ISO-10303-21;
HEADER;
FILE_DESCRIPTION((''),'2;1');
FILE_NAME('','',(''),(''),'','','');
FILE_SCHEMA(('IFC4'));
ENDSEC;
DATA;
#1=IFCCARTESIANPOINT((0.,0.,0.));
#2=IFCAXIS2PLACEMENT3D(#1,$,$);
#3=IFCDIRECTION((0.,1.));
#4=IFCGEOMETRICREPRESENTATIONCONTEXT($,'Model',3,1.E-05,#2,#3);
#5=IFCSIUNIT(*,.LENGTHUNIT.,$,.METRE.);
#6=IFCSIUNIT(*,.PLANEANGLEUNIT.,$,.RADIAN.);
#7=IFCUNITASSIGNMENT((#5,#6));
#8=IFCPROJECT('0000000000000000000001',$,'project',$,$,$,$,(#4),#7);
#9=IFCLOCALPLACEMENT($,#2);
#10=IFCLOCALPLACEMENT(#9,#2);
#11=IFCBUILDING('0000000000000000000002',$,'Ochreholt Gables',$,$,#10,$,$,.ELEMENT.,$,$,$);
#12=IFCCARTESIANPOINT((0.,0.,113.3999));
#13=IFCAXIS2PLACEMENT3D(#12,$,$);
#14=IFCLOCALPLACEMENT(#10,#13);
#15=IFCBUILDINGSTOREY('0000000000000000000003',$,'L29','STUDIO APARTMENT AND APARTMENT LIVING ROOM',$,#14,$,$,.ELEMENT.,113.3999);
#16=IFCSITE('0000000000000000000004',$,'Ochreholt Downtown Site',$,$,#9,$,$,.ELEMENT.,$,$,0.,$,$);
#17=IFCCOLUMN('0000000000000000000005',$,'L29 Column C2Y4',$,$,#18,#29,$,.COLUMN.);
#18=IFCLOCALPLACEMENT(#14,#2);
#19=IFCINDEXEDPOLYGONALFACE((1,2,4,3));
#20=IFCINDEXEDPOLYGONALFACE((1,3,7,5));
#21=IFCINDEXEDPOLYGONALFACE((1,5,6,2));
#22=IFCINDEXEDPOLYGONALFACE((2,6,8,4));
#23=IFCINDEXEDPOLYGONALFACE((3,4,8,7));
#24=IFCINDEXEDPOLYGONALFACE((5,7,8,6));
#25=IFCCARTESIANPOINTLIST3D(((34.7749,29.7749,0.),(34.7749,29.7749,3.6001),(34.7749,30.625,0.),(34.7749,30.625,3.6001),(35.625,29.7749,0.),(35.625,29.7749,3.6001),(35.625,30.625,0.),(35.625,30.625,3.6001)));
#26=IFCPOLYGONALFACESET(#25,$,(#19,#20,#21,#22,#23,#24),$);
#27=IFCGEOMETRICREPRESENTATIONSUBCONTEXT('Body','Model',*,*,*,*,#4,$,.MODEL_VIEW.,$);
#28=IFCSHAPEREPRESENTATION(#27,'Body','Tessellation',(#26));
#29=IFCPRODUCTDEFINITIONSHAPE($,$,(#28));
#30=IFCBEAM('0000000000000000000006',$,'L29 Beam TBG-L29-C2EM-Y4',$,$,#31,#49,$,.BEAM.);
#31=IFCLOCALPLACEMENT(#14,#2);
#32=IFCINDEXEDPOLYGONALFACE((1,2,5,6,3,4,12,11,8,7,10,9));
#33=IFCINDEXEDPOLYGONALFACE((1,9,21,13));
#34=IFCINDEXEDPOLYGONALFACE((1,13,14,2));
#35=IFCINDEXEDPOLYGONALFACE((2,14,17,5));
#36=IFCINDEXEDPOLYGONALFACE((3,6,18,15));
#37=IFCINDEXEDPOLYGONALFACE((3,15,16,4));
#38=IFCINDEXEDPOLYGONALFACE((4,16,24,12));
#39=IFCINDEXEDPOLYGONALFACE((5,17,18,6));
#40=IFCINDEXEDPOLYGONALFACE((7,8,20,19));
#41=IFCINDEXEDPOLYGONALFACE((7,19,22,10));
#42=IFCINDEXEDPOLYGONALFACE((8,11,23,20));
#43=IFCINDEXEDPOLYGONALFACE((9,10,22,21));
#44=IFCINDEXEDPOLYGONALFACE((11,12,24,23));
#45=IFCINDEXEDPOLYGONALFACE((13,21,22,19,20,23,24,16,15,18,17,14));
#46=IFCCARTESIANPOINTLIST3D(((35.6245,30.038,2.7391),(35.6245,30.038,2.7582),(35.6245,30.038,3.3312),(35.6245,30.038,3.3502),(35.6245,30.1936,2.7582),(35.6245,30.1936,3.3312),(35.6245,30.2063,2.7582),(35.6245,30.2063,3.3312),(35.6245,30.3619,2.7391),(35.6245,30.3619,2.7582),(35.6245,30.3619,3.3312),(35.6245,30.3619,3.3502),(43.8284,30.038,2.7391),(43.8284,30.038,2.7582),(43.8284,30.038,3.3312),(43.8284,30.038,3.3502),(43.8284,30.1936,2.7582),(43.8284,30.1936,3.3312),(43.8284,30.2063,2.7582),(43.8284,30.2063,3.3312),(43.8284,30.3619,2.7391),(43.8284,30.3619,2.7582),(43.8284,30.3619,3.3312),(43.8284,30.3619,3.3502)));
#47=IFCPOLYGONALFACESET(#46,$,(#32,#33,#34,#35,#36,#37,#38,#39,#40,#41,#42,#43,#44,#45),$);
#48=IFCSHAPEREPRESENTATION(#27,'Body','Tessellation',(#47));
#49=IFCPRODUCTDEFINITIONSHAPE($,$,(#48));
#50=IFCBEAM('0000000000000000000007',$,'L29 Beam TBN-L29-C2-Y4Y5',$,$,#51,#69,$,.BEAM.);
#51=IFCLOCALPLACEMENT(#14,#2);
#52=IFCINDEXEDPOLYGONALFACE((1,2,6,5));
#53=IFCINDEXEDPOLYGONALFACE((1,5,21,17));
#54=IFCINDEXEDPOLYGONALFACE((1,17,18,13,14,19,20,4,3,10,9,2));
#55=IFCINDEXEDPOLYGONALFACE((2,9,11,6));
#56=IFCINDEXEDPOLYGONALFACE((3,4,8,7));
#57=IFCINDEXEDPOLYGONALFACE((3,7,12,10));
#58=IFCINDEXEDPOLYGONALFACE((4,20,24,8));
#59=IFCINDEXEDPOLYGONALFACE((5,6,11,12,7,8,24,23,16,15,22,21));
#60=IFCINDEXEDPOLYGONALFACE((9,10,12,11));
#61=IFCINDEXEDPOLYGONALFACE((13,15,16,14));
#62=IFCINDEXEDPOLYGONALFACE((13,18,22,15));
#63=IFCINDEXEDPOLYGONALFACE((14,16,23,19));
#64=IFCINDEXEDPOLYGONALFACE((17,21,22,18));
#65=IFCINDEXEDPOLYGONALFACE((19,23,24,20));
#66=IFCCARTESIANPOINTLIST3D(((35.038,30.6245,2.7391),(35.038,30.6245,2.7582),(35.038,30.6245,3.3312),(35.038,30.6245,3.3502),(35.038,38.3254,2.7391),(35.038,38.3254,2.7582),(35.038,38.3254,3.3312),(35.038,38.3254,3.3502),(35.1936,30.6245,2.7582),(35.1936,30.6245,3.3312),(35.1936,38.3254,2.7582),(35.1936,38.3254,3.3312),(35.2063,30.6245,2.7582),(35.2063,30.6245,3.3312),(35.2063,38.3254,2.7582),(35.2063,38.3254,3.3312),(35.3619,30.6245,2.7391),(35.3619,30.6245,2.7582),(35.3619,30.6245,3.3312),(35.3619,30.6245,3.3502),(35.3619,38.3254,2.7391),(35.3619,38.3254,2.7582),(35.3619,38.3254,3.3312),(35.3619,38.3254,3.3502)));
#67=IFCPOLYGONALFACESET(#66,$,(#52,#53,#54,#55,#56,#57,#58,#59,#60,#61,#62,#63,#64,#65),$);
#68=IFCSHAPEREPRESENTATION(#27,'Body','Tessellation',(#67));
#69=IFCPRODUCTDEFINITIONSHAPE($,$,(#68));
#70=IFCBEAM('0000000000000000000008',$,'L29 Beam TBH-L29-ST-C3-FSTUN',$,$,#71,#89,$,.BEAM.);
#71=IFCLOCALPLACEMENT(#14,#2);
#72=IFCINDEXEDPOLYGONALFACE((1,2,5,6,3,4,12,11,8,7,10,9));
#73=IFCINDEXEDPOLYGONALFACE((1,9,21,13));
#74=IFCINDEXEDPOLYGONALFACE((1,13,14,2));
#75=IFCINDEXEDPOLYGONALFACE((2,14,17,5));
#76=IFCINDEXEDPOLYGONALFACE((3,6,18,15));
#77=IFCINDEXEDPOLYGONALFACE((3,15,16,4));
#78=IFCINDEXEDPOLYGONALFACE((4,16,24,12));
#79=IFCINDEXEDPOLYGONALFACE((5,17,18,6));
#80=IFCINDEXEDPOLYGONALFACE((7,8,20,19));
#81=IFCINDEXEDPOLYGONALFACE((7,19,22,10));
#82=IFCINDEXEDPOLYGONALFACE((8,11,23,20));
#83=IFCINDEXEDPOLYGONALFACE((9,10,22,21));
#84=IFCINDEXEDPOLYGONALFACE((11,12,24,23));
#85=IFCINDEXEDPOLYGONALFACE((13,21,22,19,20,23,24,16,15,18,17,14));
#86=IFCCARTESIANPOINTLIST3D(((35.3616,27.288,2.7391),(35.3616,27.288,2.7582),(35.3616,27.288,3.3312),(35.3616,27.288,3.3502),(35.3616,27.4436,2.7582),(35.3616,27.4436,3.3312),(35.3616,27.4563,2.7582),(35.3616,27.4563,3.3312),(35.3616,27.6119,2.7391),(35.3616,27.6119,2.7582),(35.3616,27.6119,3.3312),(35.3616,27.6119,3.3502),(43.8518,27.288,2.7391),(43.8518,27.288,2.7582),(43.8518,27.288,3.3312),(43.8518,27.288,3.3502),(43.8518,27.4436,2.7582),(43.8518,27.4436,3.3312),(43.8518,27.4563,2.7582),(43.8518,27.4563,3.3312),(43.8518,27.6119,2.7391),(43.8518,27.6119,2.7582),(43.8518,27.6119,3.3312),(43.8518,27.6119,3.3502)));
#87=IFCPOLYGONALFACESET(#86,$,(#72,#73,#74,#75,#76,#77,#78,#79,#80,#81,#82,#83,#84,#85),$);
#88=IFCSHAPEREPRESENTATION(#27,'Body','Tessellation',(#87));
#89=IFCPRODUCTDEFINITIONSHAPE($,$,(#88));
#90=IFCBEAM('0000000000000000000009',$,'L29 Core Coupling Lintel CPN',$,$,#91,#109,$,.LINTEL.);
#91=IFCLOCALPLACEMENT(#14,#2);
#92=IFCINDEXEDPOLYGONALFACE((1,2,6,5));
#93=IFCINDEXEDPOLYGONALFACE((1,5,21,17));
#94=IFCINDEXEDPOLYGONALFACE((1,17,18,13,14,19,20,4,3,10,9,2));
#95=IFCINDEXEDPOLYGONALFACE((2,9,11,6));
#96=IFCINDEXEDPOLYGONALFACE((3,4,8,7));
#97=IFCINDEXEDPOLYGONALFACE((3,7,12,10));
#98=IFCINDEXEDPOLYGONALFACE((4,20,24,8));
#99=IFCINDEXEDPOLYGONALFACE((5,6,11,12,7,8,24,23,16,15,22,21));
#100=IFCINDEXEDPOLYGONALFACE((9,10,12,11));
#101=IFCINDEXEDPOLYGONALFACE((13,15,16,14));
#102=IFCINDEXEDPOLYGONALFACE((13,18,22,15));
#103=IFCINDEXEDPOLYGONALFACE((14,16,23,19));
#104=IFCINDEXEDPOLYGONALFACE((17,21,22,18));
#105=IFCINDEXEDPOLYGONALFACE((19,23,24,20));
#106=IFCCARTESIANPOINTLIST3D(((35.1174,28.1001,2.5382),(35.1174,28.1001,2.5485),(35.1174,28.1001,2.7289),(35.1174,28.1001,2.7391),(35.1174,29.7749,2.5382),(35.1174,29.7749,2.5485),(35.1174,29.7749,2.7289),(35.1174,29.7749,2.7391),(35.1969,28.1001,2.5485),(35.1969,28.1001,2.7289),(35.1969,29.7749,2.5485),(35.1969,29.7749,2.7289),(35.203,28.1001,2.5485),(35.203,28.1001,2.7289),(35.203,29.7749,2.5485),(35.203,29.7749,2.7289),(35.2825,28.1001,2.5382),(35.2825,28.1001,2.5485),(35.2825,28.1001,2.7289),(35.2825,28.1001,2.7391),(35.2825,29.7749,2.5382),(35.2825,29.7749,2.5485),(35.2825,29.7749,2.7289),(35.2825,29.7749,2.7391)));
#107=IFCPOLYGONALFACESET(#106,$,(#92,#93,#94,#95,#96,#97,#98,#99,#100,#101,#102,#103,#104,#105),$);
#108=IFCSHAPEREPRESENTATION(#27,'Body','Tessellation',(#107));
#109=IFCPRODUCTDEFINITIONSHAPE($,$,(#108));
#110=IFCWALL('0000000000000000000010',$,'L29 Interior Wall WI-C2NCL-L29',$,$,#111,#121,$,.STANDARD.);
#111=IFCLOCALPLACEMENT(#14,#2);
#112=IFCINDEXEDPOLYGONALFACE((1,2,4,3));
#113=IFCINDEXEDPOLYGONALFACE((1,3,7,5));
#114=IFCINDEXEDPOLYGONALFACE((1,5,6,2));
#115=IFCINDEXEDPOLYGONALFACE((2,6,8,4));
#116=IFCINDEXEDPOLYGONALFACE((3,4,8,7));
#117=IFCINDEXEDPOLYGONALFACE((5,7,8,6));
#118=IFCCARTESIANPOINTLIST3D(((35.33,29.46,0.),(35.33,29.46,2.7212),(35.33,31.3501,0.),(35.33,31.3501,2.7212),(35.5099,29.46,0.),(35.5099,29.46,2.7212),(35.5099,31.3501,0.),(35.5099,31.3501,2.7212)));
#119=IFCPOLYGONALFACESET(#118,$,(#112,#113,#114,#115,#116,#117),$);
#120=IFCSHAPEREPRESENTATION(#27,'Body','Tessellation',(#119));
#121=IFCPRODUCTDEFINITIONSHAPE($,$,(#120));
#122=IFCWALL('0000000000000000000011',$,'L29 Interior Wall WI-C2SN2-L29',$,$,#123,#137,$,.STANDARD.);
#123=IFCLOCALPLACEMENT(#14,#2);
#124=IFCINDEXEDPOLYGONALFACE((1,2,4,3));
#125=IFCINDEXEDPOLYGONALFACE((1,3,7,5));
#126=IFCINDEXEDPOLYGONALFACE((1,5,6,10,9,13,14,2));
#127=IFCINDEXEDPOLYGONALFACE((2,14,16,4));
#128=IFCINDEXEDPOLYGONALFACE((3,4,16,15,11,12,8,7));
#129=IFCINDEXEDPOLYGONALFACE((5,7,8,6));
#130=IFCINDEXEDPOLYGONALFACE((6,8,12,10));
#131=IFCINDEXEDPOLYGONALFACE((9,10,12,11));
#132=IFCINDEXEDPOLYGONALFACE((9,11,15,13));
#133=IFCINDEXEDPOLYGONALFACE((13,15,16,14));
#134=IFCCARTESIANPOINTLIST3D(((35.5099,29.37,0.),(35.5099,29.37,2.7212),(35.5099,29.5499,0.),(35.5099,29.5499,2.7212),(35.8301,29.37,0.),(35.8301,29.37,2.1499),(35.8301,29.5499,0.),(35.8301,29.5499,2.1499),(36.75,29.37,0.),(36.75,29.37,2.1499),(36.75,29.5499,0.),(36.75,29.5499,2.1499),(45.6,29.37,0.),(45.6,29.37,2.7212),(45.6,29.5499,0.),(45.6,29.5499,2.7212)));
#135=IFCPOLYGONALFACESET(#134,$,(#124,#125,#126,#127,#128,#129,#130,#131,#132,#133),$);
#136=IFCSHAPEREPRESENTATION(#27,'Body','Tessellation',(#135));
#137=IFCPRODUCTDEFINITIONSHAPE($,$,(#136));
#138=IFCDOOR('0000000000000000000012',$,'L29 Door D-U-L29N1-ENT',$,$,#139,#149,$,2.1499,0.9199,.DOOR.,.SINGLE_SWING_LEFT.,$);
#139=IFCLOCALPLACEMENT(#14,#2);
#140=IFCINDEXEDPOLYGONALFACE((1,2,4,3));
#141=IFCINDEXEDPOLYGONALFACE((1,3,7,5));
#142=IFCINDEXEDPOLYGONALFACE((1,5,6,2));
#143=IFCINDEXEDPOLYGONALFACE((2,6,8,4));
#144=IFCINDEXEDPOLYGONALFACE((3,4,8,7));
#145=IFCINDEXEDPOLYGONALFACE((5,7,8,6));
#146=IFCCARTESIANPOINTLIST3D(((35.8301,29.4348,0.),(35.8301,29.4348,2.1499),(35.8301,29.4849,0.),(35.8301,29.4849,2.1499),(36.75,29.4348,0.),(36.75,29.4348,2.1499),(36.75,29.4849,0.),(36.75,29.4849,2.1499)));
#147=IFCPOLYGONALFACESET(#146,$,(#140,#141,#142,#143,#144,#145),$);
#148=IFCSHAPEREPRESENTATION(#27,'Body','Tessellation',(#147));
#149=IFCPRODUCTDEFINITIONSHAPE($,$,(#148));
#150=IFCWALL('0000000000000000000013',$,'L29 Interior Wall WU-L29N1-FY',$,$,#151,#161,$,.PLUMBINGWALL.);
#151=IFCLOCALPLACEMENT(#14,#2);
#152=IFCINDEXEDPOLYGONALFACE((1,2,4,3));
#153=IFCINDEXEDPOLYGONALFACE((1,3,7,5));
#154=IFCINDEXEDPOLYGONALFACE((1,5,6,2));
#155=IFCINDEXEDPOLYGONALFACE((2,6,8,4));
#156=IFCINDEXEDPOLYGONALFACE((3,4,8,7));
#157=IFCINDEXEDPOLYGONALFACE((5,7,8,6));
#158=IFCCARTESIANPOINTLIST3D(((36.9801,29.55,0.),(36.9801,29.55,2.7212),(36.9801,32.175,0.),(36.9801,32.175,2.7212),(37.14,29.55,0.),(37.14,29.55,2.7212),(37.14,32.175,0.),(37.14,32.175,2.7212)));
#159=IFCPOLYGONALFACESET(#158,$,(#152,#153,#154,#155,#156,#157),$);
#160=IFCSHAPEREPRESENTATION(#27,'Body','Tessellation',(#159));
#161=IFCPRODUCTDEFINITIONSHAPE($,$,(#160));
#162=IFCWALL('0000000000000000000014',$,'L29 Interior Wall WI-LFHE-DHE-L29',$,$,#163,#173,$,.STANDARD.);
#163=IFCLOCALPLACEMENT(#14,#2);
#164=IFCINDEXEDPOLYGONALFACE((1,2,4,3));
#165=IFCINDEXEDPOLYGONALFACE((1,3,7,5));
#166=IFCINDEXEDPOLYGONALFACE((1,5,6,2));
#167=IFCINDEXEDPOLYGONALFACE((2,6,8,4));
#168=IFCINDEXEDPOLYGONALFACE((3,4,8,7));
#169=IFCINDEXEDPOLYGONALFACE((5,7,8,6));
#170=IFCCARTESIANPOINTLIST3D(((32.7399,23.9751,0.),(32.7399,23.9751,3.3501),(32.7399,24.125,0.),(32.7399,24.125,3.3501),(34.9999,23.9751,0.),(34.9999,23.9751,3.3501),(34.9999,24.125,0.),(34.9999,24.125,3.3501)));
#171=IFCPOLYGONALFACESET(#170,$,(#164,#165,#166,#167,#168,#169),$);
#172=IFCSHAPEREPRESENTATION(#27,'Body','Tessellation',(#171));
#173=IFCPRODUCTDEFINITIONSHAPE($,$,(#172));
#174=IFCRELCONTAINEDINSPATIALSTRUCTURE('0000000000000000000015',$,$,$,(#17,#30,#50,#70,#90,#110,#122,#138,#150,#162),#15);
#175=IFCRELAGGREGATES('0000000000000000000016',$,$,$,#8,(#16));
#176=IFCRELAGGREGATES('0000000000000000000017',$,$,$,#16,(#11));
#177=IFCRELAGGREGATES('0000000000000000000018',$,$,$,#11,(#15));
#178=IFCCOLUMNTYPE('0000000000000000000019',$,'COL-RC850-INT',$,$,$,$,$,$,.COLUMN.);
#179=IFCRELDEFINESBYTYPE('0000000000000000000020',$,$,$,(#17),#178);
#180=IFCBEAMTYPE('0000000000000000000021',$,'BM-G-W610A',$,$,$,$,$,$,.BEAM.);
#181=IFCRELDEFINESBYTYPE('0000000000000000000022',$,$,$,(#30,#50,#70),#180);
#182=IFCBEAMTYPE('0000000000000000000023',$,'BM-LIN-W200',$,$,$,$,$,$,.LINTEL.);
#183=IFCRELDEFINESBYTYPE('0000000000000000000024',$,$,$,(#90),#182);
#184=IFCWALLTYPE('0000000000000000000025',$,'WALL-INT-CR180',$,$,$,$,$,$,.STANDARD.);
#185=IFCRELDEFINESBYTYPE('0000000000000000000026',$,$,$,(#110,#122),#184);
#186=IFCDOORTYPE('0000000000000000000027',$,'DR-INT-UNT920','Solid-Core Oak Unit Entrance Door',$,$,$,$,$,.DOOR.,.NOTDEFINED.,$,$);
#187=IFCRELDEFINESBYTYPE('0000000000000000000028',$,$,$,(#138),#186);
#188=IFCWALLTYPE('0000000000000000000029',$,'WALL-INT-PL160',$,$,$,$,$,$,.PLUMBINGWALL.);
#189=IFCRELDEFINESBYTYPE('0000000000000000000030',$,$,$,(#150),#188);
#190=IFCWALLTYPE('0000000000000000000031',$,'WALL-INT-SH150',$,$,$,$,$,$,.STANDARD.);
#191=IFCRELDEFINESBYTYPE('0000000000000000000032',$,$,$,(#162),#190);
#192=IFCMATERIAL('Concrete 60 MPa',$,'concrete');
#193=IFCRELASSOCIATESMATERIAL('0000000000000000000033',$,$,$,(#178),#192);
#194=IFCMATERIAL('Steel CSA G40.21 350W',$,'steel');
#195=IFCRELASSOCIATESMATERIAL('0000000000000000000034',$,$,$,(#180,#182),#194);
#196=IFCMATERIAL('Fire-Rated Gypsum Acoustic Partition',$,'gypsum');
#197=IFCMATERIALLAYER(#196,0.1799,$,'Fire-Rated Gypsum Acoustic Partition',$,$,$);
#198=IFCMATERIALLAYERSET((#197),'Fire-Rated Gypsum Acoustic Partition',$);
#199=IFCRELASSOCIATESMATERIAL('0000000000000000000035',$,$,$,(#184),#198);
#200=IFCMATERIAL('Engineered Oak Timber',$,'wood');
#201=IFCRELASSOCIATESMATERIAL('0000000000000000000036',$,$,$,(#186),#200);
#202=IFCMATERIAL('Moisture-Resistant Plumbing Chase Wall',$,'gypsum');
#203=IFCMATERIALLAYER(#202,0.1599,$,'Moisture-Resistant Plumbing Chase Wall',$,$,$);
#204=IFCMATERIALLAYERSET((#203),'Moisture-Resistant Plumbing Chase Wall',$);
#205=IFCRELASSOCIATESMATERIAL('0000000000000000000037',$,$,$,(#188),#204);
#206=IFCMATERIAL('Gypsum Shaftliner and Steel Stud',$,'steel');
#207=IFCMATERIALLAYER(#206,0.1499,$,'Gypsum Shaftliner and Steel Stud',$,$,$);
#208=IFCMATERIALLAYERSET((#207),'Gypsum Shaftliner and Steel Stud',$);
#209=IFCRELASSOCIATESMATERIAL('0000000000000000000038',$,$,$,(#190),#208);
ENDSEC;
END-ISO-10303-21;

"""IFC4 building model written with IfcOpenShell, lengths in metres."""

from ifc_helpers import new_model, si_unit, direction, frame, frame_2d, origin, origin_2d, place, context, subcontext, project, spatial, rectangle, i_section, extrude, material, layer, layer_set, material_profile, profile_set, type_object, element, fill, save


model = new_model("IFC4")

# Units and contexts
model_context = context("Model", 3, precision=1e-05, world=origin(), true_north=direction((0.0, 1.0)))
body_context = subcontext(model_context, "Body", "Model", "MODEL_VIEW")
ifc_project = project(units=[si_unit("LENGTHUNIT", "METRE"), si_unit("PLANEANGLEUNIT", "RADIAN")], contexts=[model_context])

# Site, building, storey
site_placement = place(None, origin())
site = spatial("IfcSite", under=ifc_project, at=site_placement, Name="Ochreholt Downtown Site", CompositionType="ELEMENT", RefElevation=0.0)
building_placement = place(site_placement, origin())
building = spatial("IfcBuilding", under=site, at=building_placement, Name="Ochreholt Gables", CompositionType="ELEMENT")
storey_placement = place(building_placement, frame((0.0, 0.0, 113.3999)))
storey = spatial("IfcBuildingStorey", under=building, at=storey_placement, Name="L29", Description="STUDIO APARTMENT AND APARTMENT LIVING ROOM", CompositionType="ELEMENT", Elevation=113.3999)

# Column
ifc_material_1 = material(Name="Concrete 60 MPa", Category="concrete")
ifc_material_profile_1 = material_profile(ifc_material_1, rectangle(XDim=0.8501, YDim=0.8501, at=origin_2d()), Name="RC850X850")
ifc_profile_set_1 = profile_set([ifc_material_profile_1], Name="Concrete 60 MPa")
column_type = type_object("IfcColumnType", Name="COL-RC850-INT", PredefinedType="COLUMN", material=ifc_profile_set_1)
column_placement = place(storey_placement, frame((35.2, 30.2, 0.0), z_axis=(0.0, 0.0, 1.0), x_axis=(1.0, 0.0, 0.0)))
element("IfcColumn", 1, at=column_placement, inside=storey, type_object=column_type, Name="L29 Column C2Y4", PredefinedType="COLUMN", context=body_context, shape_type="SweptSolid", body=[
    extrude(rectangle(XDim=0.8501, YDim=0.8501, at=origin_2d()), origin(), (0.0, 0.0, 1.0), 3.6001),
])

# Beams
ifc_material_2 = material(Name="Steel CSA G40.21 350W", Category="steel")
ifc_material_profile_2 = material_profile(ifc_material_2, i_section(OverallWidth=0.324, OverallDepth=0.6111, WebThickness=0.0127, FlangeThickness=0.019, at=origin_2d()), Name="W610X155")
ifc_profile_set_2 = profile_set([ifc_material_profile_2], Name="Steel CSA G40.21 350W")
beam_type_1 = type_object("IfcBeamType", Name="BM-G-W610A", PredefinedType="BEAM", material=ifc_profile_set_2)
beam_1_placement = place(storey_placement, frame((35.6245, 30.2, 3.0447), z_axis=(1.0, 0.0, 0.0), x_axis=(0.0, 1.0, 0.0)))
element("IfcBeam", 2, at=beam_1_placement, inside=storey, type_object=beam_type_1, Name="L29 Beam TBG-L29-C2EM-Y4", PredefinedType="BEAM", context=body_context, shape_type="SweptSolid", body=[
    extrude(i_section(OverallWidth=0.324, OverallDepth=0.6111, WebThickness=0.0127, FlangeThickness=0.019, at=origin_2d()), origin(), (0.0, 0.0, 1.0), 8.2039),
])
beam_2_placement = place(storey_placement, frame((35.2, 30.6245, 3.0447), z_axis=(0.0, 1.0, 0.0), x_axis=(-1.0, 0.0, 0.0)))
element("IfcBeam", 3, at=beam_2_placement, inside=storey, type_object=beam_type_1, Name="L29 Beam TBN-L29-C2-Y4Y5", PredefinedType="BEAM", context=body_context, shape_type="SweptSolid", body=[
    extrude(i_section(OverallWidth=0.324, OverallDepth=0.6111, WebThickness=0.0127, FlangeThickness=0.019, at=origin_2d()), origin(), (0.0, 0.0, 1.0), 7.7009),
])
beam_3_placement = place(storey_placement, frame((35.3616, 27.45, 3.0447), z_axis=(1.0, 0.0, 0.0), x_axis=(0.0, 1.0, 0.0)))
element("IfcBeam", 4, at=beam_3_placement, inside=storey, type_object=beam_type_1, Name="L29 Beam TBH-L29-ST-C3-FSTUN", PredefinedType="BEAM", context=body_context, shape_type="SweptSolid", body=[
    extrude(i_section(OverallWidth=0.324, OverallDepth=0.6111, WebThickness=0.0127, FlangeThickness=0.019, at=origin_2d()), origin(), (0.0, 0.0, 1.0), 8.4902),
])
ifc_material_profile_3 = material_profile(ifc_material_2, i_section(OverallWidth=0.165, OverallDepth=0.2009, WebThickness=0.0061, FlangeThickness=0.0103, at=origin_2d()), Name="W200X36")
ifc_profile_set_3 = profile_set([ifc_material_profile_3], Name="Steel CSA G40.21 350W")
beam_type_2 = type_object("IfcBeamType", Name="BM-LIN-W200", PredefinedType="LINTEL", material=ifc_profile_set_3)
beam_4_placement = place(storey_placement, frame((35.2, 28.1001, 2.6387), z_axis=(0.0, 1.0, 0.0), x_axis=(-1.0, 0.0, 0.0)))
element("IfcBeam", 5, at=beam_4_placement, inside=storey, type_object=beam_type_2, Name="L29 Core Coupling Lintel CPN", PredefinedType="LINTEL", context=body_context, shape_type="SweptSolid", body=[
    extrude(i_section(OverallWidth=0.165, OverallDepth=0.2009, WebThickness=0.0061, FlangeThickness=0.0103, at=origin_2d()), origin(), (0.0, 0.0, 1.0), 1.6748),
])

# Wall
ifc_material_3 = material(Name="Fire-Rated Gypsum Acoustic Partition", Category="gypsum")
ifc_layer_1 = layer(ifc_material_3, 0.1799, Name="Fire-Rated Gypsum Acoustic Partition")
ifc_layer_set_1 = layer_set([ifc_layer_1], Name="Fire-Rated Gypsum Acoustic Partition")
wall_type_1 = type_object("IfcWallType", Name="WALL-INT-CR180", PredefinedType="STANDARD", material=ifc_layer_set_1)
wall_1_placement = place(storey_placement, frame((35.4199, 29.46, 0.0), z_axis=(0.0, 0.0, 1.0), x_axis=(0.0, 1.0, 0.0)))
element("IfcWall", 6, at=wall_1_placement, inside=storey, type_object=wall_type_1, Name="L29 Interior Wall WI-C2NCL-L29", PredefinedType="STANDARD", context=body_context, shape_type="SweptSolid", body=[
    extrude(rectangle(XDim=1.8901, YDim=0.1799, at=frame_2d((0.9451, 0.0))), origin(), (0.0, 0.0, 1.0), 2.7212),
])

# Wall, opening, door
wall_2_placement = place(storey_placement, frame((35.51, 29.46, 0.0), z_axis=(0.0, 0.0, 1.0), x_axis=(1.0, 0.0, 0.0)))
wall_2 = element("IfcWall", 7, at=wall_2_placement, inside=storey, type_object=wall_type_1, Name="L29 Interior Wall WI-C2SN2-L29", PredefinedType="STANDARD", context=body_context, shape_type="SweptSolid", body=[
    extrude(rectangle(XDim=10.0901, YDim=0.1799, at=frame_2d((5.0449, 0.0))), origin(), (0.0, 0.0, 1.0), 2.7212),
])
opening_1_placement = place(wall_2_placement, frame((0.3201, 0.0, 0.0)))
opening_1 = element("IfcOpeningElement", 8, at=opening_1_placement, cuts=wall_2, PredefinedType="OPENING", context=body_context, shape_type="SweptSolid", body=[
    extrude(rectangle(XDim=0.9199, YDim=2.1499, at=frame_2d((0.46, 1.075))), frame((0.0, 0.0999, 0.0), z_axis=(0.0, -1.0, 0.0), x_axis=(1.0, 0.0, 0.0)), (0.0, 0.0, 1.0), 0.2),
])
ifc_material_4 = material(Name="Engineered Oak Timber", Category="wood")
door_type_1 = type_object("IfcDoorType", Name="DR-INT-UNT920", Description="Solid-Core Oak Unit Entrance Door", OperationType="NOTDEFINED", PredefinedType="DOOR", material=ifc_material_4)
door_1_placement = place(opening_1_placement, origin())
door_1 = element("IfcDoor", 9, at=door_1_placement, inside=storey, type_object=door_type_1, Name="L29 Door D-U-L29N1-ENT", OperationType="SINGLE_SWING_LEFT", OverallHeight=2.1499, OverallWidth=0.9199, PredefinedType="DOOR", context=body_context, shape_type="SweptSolid", body=[
    extrude(rectangle(XDim=0.9199, YDim=2.1499, at=frame_2d((0.46, 1.075))), frame((0.0, 0.0249, 0.0), z_axis=(0.0, -1.0, 0.0), x_axis=(1.0, 0.0, 0.0)), (0.0, 0.0, 1.0), 0.05),
])
fill(opening_1, door_1)

# Walls
ifc_material_5 = material(Name="Moisture-Resistant Plumbing Chase Wall", Category="gypsum")
ifc_layer_2 = layer(ifc_material_5, 0.1599, Name="Moisture-Resistant Plumbing Chase Wall")
ifc_layer_set_2 = layer_set([ifc_layer_2], Name="Moisture-Resistant Plumbing Chase Wall")
wall_type_2 = type_object("IfcWallType", Name="WALL-INT-PL160", PredefinedType="PLUMBINGWALL", material=ifc_layer_set_2)
wall_3_placement = place(storey_placement, frame((37.0601, 29.55, 0.0), z_axis=(0.0, 0.0, 1.0), x_axis=(0.0, 1.0, 0.0)))
element("IfcWall", 10, at=wall_3_placement, inside=storey, type_object=wall_type_2, Name="L29 Interior Wall WU-L29N1-FY", PredefinedType="PLUMBINGWALL", context=body_context, shape_type="SweptSolid", body=[
    extrude(rectangle(XDim=2.625, YDim=0.1599, at=frame_2d((1.3125, 0.0))), origin(), (0.0, 0.0, 1.0), 2.7212),
])
ifc_material_6 = material(Name="Gypsum Shaftliner and Steel Stud", Category="steel")
ifc_layer_3 = layer(ifc_material_6, 0.1499, Name="Gypsum Shaftliner and Steel Stud")
ifc_layer_set_3 = layer_set([ifc_layer_3], Name="Gypsum Shaftliner and Steel Stud")
wall_type_3 = type_object("IfcWallType", Name="WALL-INT-SH150", PredefinedType="STANDARD", material=ifc_layer_set_3)
for number, where, z_axis, x_axis, name in (
    (11, (32.74, 24.05, 0.0), (0.0, 0.0, 1.0), (1.0, 0.0, 0.0), "L29 Interior Wall WI-LFHE-DHE-L29"),
):
    element("IfcWall", number, at=place(storey_placement, frame(where, z_axis=z_axis, x_axis=x_axis)), inside=storey, type_object=wall_type_3, Name=name, PredefinedType="STANDARD", context=body_context, shape_type="SweptSolid", body=[
        extrude(rectangle(XDim=2.26, YDim=0.1499, at=frame_2d((1.1299, 0.0))), origin(), (0.0, 0.0, 1.0), 3.3501),
    ])

save(model, "model.ifc")
